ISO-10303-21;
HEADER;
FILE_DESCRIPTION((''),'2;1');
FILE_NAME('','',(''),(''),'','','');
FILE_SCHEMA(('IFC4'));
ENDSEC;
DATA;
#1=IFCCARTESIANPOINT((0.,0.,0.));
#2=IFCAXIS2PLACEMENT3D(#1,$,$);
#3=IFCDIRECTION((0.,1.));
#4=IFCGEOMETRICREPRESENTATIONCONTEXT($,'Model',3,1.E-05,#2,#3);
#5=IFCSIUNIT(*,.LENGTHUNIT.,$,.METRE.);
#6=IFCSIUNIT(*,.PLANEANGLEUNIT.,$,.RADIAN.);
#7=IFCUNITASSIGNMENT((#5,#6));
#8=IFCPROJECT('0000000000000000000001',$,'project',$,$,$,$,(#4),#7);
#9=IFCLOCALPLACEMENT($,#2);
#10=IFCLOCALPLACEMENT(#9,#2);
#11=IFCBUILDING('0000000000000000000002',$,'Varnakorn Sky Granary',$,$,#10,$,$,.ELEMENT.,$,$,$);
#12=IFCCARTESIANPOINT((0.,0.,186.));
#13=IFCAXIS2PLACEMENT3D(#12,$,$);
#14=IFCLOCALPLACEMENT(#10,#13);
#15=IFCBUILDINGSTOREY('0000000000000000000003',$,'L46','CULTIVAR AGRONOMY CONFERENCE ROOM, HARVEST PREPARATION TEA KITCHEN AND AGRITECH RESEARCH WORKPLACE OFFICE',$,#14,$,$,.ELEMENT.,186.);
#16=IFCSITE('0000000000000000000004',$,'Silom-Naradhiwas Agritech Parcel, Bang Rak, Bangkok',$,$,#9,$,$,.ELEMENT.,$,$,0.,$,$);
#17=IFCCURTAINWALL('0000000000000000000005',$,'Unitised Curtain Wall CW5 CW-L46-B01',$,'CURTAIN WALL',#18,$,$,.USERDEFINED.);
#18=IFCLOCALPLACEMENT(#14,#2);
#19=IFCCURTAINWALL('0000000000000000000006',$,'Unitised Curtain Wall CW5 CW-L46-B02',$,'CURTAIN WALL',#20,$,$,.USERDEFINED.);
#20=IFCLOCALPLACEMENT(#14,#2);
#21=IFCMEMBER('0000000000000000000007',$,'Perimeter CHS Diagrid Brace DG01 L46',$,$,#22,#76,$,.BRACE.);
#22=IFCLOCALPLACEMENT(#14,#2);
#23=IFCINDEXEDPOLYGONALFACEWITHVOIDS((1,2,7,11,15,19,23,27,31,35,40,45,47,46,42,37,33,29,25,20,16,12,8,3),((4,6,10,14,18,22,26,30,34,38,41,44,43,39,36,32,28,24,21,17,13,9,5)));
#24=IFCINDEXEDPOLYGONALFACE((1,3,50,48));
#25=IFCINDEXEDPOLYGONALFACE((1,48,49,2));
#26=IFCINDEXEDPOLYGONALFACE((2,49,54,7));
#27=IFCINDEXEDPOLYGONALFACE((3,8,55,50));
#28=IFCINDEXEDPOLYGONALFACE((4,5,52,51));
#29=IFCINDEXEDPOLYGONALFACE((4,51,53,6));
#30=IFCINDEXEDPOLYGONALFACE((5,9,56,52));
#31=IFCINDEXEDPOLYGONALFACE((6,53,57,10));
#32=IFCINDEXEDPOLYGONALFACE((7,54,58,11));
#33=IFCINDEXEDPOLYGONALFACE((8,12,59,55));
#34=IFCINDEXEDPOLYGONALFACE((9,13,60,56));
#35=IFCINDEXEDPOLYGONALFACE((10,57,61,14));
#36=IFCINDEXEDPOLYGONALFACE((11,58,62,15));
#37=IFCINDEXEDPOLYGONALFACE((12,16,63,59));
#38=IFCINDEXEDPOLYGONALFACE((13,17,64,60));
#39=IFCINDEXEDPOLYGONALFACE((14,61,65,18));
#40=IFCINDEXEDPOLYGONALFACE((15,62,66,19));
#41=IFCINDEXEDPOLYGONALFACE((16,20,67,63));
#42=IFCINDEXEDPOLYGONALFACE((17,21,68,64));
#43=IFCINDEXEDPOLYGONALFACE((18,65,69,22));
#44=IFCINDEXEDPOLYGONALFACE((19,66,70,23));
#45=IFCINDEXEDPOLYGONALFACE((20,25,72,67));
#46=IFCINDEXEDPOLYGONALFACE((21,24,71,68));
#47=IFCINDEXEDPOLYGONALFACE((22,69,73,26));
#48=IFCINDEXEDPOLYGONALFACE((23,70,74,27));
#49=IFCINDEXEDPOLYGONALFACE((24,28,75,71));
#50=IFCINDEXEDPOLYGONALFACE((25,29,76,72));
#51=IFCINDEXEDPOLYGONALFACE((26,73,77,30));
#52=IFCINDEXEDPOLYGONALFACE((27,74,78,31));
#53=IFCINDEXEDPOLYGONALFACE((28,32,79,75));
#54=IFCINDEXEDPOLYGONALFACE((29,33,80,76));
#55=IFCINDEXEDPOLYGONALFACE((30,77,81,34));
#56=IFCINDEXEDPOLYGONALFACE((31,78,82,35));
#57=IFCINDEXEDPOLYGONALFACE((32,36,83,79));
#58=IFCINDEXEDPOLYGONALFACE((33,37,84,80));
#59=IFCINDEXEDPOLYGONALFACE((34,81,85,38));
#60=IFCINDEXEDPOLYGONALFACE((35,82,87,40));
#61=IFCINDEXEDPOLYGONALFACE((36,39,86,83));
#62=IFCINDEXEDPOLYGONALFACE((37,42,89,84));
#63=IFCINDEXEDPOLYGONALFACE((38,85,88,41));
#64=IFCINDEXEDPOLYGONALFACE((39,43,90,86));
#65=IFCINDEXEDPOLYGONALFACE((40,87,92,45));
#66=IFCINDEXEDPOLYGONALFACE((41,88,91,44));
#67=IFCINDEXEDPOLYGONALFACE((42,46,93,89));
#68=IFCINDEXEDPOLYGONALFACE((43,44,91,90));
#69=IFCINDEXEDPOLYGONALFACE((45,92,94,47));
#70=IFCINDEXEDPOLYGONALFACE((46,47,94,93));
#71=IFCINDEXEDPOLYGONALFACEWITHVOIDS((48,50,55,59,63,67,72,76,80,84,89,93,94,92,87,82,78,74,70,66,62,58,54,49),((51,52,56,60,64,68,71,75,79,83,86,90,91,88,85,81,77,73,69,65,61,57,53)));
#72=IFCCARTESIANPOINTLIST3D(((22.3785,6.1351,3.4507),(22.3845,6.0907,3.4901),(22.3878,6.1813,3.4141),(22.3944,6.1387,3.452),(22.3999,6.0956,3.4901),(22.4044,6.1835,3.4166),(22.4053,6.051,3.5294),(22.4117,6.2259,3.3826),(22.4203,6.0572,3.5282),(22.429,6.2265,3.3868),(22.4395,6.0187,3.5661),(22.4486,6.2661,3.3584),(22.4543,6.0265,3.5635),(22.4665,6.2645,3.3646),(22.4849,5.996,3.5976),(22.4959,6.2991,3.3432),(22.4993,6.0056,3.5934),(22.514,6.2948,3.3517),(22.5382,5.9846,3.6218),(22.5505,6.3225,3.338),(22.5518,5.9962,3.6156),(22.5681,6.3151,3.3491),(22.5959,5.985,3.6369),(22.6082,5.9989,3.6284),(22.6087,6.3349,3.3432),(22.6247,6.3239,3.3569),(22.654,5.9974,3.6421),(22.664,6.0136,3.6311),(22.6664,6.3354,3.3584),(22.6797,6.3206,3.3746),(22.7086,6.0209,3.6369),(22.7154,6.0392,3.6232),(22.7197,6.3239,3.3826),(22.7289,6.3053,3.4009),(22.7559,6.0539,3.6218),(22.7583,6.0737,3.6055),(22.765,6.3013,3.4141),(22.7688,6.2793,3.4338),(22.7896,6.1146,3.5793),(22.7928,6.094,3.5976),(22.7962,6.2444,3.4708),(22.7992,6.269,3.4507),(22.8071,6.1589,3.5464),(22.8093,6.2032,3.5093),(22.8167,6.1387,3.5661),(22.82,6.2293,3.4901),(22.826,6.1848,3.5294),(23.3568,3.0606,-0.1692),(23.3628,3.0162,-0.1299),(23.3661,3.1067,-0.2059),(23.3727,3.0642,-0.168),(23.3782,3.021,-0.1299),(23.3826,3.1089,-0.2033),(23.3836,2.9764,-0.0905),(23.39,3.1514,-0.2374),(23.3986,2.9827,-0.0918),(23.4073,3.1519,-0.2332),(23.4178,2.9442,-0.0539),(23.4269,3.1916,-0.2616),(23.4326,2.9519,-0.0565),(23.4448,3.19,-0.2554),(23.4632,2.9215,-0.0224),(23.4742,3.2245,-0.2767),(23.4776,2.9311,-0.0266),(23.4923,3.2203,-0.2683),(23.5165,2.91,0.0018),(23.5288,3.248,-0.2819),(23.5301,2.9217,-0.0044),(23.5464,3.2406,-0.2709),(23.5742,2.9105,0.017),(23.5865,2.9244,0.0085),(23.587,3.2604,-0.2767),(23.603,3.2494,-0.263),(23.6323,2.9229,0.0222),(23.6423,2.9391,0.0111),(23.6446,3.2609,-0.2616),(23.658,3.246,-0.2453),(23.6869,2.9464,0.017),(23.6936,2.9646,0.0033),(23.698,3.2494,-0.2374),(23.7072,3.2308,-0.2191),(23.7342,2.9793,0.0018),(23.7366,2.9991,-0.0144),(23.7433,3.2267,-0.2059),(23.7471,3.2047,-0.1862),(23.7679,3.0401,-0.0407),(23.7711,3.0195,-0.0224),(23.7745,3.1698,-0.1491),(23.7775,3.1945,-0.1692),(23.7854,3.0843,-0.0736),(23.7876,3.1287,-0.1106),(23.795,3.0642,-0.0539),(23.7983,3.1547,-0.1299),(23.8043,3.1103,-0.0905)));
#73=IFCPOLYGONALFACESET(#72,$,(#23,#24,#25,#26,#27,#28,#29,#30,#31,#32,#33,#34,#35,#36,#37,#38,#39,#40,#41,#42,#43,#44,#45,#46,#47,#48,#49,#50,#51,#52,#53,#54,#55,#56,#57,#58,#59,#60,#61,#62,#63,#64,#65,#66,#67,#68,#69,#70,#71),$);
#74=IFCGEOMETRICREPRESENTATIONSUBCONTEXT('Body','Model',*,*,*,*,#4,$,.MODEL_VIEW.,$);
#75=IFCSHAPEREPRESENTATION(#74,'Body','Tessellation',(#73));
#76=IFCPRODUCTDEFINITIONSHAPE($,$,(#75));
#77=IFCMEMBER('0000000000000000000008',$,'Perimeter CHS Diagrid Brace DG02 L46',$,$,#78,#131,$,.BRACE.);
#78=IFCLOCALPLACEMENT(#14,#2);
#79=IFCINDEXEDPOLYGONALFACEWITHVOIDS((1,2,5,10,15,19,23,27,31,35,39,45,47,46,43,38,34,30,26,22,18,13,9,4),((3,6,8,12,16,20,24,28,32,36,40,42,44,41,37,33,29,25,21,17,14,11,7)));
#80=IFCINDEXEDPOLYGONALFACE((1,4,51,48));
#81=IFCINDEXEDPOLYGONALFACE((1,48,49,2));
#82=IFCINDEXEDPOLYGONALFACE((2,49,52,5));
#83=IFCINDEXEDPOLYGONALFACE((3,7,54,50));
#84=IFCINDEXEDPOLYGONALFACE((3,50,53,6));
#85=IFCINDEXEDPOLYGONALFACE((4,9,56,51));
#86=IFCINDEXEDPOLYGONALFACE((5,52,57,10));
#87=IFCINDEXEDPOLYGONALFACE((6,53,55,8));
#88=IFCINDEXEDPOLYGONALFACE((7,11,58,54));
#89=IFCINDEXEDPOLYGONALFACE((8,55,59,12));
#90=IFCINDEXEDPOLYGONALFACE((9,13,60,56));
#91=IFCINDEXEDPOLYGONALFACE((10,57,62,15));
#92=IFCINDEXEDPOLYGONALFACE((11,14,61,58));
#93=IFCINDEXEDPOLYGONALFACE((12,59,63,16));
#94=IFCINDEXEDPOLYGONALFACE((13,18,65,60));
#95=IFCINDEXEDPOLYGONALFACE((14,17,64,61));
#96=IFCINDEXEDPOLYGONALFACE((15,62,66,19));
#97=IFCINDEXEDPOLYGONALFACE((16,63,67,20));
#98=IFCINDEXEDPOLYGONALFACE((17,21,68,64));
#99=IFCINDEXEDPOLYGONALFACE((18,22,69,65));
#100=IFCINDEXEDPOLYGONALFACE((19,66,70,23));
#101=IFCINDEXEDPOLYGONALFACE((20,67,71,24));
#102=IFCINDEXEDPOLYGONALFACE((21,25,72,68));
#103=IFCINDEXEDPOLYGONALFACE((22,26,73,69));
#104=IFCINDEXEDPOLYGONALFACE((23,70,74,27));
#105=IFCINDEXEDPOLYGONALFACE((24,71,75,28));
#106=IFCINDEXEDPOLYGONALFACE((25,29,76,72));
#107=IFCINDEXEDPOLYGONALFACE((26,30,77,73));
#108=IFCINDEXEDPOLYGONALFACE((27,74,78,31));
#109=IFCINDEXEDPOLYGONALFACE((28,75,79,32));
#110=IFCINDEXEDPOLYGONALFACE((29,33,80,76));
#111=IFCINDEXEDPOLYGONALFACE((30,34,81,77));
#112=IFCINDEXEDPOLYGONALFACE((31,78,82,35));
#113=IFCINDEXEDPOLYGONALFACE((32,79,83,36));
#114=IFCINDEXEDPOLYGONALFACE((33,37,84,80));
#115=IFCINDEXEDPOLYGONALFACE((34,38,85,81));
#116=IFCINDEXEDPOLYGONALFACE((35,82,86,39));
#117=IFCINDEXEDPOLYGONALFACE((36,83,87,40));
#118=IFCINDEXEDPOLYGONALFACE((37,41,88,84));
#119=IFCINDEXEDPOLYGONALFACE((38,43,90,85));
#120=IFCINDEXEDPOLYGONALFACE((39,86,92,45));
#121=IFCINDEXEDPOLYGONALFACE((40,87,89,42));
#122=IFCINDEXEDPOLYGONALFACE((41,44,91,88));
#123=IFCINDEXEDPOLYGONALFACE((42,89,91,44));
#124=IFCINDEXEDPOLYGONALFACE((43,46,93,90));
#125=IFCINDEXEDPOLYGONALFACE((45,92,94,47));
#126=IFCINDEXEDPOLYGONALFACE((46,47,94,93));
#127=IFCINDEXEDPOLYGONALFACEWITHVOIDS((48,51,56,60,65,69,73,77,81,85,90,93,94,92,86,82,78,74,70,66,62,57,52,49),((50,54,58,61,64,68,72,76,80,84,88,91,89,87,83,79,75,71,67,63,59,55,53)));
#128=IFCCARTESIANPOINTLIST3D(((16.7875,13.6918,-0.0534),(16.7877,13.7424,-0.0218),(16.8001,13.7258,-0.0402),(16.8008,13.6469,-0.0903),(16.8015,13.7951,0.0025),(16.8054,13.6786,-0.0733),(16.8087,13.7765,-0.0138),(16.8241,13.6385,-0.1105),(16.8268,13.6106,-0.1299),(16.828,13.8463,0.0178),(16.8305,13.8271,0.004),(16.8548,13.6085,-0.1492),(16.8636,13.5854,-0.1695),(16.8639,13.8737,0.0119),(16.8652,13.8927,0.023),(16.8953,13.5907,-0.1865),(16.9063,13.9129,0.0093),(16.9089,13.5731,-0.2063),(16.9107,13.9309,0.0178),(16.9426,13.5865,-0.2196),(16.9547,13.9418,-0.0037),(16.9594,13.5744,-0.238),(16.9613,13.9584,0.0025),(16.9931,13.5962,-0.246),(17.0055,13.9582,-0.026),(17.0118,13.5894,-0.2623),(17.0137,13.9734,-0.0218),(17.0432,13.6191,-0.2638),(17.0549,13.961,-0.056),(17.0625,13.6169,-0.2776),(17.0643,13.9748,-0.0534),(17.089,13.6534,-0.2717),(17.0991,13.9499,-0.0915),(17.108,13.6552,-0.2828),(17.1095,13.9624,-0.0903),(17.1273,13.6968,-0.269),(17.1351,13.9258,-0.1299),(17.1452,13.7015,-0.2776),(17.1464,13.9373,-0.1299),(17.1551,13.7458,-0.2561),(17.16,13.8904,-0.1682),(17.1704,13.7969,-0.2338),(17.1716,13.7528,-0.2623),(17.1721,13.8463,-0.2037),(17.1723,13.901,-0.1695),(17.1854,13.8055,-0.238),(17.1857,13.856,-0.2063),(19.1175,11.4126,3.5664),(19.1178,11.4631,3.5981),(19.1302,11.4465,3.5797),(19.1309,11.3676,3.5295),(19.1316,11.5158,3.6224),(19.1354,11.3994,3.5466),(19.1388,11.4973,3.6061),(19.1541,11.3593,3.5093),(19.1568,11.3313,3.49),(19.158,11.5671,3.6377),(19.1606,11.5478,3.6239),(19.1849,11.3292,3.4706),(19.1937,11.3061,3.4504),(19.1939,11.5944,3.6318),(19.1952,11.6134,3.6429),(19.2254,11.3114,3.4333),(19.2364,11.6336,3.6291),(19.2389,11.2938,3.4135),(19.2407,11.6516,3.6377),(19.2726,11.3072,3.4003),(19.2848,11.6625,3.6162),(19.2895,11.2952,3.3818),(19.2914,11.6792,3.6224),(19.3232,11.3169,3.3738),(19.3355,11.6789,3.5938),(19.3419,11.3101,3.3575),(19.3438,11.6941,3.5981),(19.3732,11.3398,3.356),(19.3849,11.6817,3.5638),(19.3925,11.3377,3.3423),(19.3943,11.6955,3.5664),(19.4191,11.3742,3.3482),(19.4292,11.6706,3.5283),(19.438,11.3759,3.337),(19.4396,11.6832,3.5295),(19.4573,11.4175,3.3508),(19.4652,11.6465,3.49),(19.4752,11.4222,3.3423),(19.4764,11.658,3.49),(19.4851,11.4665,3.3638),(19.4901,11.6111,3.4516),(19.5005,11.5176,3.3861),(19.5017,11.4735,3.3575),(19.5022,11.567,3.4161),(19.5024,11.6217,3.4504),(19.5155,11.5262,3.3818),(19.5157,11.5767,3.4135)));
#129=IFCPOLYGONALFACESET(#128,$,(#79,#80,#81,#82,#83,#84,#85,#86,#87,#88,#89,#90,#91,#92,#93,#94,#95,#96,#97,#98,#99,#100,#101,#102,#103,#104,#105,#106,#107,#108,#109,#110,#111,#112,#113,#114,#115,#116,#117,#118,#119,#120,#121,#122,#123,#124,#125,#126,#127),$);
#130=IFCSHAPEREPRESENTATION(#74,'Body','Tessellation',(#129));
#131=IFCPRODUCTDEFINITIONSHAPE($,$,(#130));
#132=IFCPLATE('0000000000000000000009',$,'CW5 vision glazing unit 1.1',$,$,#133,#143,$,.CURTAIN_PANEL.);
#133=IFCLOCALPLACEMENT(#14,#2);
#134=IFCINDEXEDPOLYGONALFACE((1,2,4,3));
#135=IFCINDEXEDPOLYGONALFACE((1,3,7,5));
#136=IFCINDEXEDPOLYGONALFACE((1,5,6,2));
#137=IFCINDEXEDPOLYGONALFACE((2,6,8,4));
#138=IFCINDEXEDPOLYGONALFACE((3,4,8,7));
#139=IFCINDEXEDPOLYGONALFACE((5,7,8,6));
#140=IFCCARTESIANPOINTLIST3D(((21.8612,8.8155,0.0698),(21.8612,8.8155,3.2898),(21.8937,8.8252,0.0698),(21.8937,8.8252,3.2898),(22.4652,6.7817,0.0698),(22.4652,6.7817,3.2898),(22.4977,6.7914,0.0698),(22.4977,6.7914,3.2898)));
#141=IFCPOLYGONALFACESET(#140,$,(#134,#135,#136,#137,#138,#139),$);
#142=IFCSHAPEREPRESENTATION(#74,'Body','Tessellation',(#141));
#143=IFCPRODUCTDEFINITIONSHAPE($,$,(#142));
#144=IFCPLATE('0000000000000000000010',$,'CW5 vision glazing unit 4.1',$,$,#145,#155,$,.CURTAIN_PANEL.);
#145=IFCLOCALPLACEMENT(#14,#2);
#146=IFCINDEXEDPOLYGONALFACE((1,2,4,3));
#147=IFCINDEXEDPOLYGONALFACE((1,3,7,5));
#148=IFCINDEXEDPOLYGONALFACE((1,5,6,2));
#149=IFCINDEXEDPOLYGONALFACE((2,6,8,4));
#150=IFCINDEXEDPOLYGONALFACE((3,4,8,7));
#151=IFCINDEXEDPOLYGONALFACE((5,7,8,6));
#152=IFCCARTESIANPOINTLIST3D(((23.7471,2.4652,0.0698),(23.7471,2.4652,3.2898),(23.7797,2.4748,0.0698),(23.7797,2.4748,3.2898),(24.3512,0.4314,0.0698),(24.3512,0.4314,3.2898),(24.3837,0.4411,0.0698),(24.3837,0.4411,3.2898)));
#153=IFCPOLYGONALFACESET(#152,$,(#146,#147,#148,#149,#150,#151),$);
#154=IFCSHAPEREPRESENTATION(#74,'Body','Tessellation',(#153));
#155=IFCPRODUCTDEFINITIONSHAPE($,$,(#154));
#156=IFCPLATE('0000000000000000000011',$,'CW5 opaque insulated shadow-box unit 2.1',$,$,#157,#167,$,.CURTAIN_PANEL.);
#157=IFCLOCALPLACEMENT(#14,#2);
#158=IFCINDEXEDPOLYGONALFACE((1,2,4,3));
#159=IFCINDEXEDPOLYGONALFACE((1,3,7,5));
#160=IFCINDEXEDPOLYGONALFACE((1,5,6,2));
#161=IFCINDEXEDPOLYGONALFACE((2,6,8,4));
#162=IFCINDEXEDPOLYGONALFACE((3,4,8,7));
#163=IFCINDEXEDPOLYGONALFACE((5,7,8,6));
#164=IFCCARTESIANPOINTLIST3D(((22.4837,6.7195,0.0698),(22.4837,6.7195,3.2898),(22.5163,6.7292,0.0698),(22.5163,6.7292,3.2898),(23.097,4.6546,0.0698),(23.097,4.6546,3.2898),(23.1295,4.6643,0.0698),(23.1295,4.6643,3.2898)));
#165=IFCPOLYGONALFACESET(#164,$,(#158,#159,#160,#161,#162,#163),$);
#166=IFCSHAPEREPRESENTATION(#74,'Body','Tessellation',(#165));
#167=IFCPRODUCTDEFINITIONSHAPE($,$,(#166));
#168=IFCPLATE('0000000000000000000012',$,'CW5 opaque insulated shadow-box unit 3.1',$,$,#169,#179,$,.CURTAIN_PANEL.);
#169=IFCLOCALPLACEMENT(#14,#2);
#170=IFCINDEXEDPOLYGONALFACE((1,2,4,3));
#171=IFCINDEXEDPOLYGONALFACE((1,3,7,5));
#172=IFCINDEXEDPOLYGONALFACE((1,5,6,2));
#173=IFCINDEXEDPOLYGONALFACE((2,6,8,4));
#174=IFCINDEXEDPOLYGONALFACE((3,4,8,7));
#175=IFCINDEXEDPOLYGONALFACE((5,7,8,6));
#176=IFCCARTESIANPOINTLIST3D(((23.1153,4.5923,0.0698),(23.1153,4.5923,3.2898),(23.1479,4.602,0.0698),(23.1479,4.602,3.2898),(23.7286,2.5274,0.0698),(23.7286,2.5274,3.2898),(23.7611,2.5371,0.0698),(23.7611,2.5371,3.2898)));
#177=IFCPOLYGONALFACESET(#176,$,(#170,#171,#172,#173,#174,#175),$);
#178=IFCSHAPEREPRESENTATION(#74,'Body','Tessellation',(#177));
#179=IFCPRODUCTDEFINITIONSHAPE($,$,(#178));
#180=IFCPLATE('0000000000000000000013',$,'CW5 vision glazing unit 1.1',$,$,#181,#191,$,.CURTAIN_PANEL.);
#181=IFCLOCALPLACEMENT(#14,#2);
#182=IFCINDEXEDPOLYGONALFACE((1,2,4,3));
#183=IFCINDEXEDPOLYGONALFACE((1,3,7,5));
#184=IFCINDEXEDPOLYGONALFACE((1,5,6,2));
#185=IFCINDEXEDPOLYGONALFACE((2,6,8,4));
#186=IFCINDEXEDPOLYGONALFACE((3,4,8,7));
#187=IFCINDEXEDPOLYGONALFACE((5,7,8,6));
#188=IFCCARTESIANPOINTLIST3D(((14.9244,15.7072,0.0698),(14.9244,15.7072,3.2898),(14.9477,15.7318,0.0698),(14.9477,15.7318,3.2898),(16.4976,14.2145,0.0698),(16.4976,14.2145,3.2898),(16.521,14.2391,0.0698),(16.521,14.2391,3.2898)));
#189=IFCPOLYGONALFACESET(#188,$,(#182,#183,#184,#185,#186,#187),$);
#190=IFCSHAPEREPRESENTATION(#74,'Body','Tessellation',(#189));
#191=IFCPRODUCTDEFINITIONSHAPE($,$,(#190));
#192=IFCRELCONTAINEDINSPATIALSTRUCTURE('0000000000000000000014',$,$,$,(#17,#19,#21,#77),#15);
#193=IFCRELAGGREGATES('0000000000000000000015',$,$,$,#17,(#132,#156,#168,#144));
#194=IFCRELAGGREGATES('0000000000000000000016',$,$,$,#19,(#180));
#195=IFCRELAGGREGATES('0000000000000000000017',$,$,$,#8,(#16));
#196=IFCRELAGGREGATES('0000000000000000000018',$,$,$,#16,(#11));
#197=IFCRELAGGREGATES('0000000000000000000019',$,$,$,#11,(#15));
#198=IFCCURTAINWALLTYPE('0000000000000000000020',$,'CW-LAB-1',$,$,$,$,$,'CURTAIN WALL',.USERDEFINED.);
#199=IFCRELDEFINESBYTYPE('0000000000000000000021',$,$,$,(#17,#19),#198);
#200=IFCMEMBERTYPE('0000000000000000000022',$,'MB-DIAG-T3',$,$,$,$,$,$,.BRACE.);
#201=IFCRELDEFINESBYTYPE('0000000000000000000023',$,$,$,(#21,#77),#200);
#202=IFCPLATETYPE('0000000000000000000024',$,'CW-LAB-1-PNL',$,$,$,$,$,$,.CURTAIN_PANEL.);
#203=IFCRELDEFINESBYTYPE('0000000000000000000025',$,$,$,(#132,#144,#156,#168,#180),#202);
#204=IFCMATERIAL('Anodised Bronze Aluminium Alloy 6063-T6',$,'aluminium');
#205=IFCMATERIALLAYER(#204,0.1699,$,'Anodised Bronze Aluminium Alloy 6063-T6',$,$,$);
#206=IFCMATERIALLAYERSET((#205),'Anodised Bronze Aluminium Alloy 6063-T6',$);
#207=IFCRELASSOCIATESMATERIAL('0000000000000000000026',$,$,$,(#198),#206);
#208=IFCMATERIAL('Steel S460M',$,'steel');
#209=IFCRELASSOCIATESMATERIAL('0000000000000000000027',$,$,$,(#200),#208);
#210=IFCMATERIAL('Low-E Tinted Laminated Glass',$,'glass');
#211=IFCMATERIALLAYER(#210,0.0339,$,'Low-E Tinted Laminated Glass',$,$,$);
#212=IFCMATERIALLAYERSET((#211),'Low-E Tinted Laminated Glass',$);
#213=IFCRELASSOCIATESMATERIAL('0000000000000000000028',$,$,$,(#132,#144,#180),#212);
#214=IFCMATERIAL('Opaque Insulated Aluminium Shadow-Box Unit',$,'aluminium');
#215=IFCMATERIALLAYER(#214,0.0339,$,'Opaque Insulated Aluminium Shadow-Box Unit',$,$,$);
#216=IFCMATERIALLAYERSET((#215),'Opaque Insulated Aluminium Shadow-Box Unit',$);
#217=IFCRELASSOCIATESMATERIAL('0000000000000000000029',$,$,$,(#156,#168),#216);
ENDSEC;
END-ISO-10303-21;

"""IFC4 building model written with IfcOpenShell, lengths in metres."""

from ifc_helpers import new_model, si_unit, direction, frame, origin, origin_2d, place, context, subcontext, project, spatial, rectangle, hollow_circle, extrude, source, transform, mapped, material, layer, layer_set, material_profile, profile_set, type_object, element, aggregate, save


model = new_model("IFC4")

# Units and contexts
model_context = context("Model", 3, precision=1e-05, world=origin(), true_north=direction((0.0, 1.0)))
body_context = subcontext(model_context, "Body", "Model", "MODEL_VIEW")
ifc_project = project(units=[si_unit("LENGTHUNIT", "METRE"), si_unit("PLANEANGLEUNIT", "RADIAN")], contexts=[model_context])

# Site, building, storey
site_placement = place(None, origin())
site = spatial("IfcSite", under=ifc_project, at=site_placement, Name="Silom-Naradhiwas Agritech Parcel, Bang Rak, Bangkok", CompositionType="ELEMENT", RefElevation=0.0)
building_placement = place(site_placement, origin())
building = spatial("IfcBuilding", under=site, at=building_placement, Name="Varnakorn Sky Granary", CompositionType="ELEMENT")
storey_placement = place(building_placement, frame((0.0, 0.0, 186.0)))
storey = spatial("IfcBuildingStorey", under=building, at=storey_placement, Name="L46", Description="CULTIVAR AGRONOMY CONFERENCE ROOM, HARVEST PREPARATION TEA KITCHEN AND AGRITECH RESEARCH WORKPLACE OFFICE", CompositionType="ELEMENT", Elevation=186.0)

# Shared definitions
ifc_material_1 = material(Name="Steel S460M", Category="steel")

# Curtain walls
ifc_material_2 = material(Name="Anodised Bronze Aluminium Alloy 6063-T6", Category="aluminium")
ifc_layer_1 = layer(ifc_material_2, 0.1699, Name="Anodised Bronze Aluminium Alloy 6063-T6")
ifc_layer_set_1 = layer_set([ifc_layer_1], Name="Anodised Bronze Aluminium Alloy 6063-T6")
curtain_wall_type = type_object("IfcCurtainWallType", Name="CW-LAB-1", ElementType="CURTAIN WALL", PredefinedType="USERDEFINED", material=ifc_layer_set_1)
curtain_wall_1_placement = place(storey_placement, origin())
curtain_wall_1 = element("IfcCurtainWall", 1, at=curtain_wall_1_placement, inside=storey, type_object=curtain_wall_type, Name="Unitised Curtain Wall CW5 CW-L46-B01", ObjectType="CURTAIN WALL", PredefinedType="USERDEFINED")
curtain_wall_2_placement = place(storey_placement, origin())
curtain_wall_2 = element("IfcCurtainWall", 2, at=curtain_wall_2_placement, inside=storey, type_object=curtain_wall_type, Name="Unitised Curtain Wall CW5 CW-L46-B02", ObjectType="CURTAIN WALL", PredefinedType="USERDEFINED")

# Members
ifc_material_profile_1 = material_profile(ifc_material_1, hollow_circle(Radius=0.2285, WallThickness=0.0161, at=origin_2d()), Name="CHS 457x16")
ifc_profile_set_1 = profile_set([ifc_material_profile_1], Name="Steel S460M")
member_type_1 = type_object("IfcMemberType", Name="MB-DIAG-T3", PredefinedType="BRACE", material=ifc_profile_set_1)
member_1_placement = place(storey_placement, frame((23.5806, 3.0854, -0.1299), z_axis=(-0.201747, 0.63404, 0.746519), x_axis=(-0.952923, -0.303213, 0.0)))
element("IfcMember", 3, at=member_1_placement, inside=storey, type_object=member_type_1, Name="Perimeter CHS Diagrid Brace DG01 L46", PredefinedType="BRACE", context=body_context, shape_type="SweptSolid", body=[
    extrude(hollow_circle(Radius=0.2285, WallThickness=0.0161, at=origin_2d()), origin(), (0.0, 0.0, 1.0), 4.8491),
])
member_2_placement = place(storey_placement, frame((16.9866, 13.7739, -0.1299), z_axis=(0.478344, -0.467919, 0.743127), x_axis=(0.699274, 0.714854, 0.0)))
element("IfcMember", 4, at=member_2_placement, inside=storey, type_object=member_type_1, Name="Perimeter CHS Diagrid Brace DG02 L46", PredefinedType="BRACE", context=body_context, shape_type="SweptSolid", body=[
    extrude(hollow_circle(Radius=0.2285, WallThickness=0.0161, at=origin_2d()), origin(), (0.0, 0.0, 1.0), 4.8711),
])

# Plates
ifc_material_3 = material(Name="Low-E Tinted Laminated Glass", Category="glass")
ifc_layer_2 = layer(ifc_material_3, 0.0339, Name="Low-E Tinted Laminated Glass")
ifc_layer_set_2 = layer_set([ifc_layer_2], Name="Low-E Tinted Laminated Glass")
plate_type = type_object("IfcPlateType", Name="CW-LAB-1-PNL", PredefinedType="CURTAIN_PANEL")
shared_shape_1 = source(origin(), body_context, "Body", "SweptSolid", [
    extrude(rectangle(XDim=2.1216, YDim=0.0339, at=origin_2d()), origin(), (0.0, 0.0, 1.0), 3.22),
])
plate_1_placement = place(storey_placement, frame((22.1794, 7.8035, 0.0698), z_axis=(0.0, 0.0, 1.0), x_axis=(0.28471, -0.958614, 0.0)))
plate_1 = element("IfcPlate", 5, at=plate_1_placement, type_object=plate_type, material=ifc_layer_set_2, Name="CW5 vision glazing unit 1.1", PredefinedType="CURTAIN_PANEL", context=body_context, shape_type="MappedRepresentation", body=[
    mapped(shared_shape_1, transform((0.0, 0.0, 0.0), x_axis=(1.0, 0.0, 0.0), y_axis=(0.0, 1.0, 0.0), z_axis=(0.0, 0.0, 1.0), scale=1.0)),
])
plate_2_placement = place(storey_placement, frame((24.0654, 1.4531, 0.0698), z_axis=(0.0, 0.0, 1.0), x_axis=(0.28471, -0.958614, 0.0)))
plate_2 = element("IfcPlate", 6, at=plate_2_placement, type_object=plate_type, material=ifc_layer_set_2, Name="CW5 vision glazing unit 4.1", PredefinedType="CURTAIN_PANEL", context=body_context, shape_type="MappedRepresentation", body=[
    mapped(shared_shape_1, transform((0.0, 0.0, 0.0), x_axis=(1.0, 0.0, 0.0), y_axis=(0.0, 1.0, 0.0), z_axis=(0.0, 0.0, 1.0), scale=1.0)),
])
ifc_material_4 = material(Name="Opaque Insulated Aluminium Shadow-Box Unit", Category="aluminium")
ifc_layer_3 = layer(ifc_material_4, 0.0339, Name="Opaque Insulated Aluminium Shadow-Box Unit")
ifc_layer_set_3 = layer_set([ifc_layer_3], Name="Opaque Insulated Aluminium Shadow-Box Unit")
shared_shape_2 = source(origin(), body_context, "Body", "SweptSolid", [
    extrude(rectangle(XDim=2.1541, YDim=0.0339, at=origin_2d()), origin(), (0.0, 0.0, 1.0), 3.22),
])
plate_3_placement = place(storey_placement, frame((22.8066, 5.6919, 0.0698), z_axis=(0.0, 0.0, 1.0), x_axis=(0.28471, -0.958614, 0.0)))
plate_3 = element("IfcPlate", 7, at=plate_3_placement, type_object=plate_type, material=ifc_layer_set_3, Name="CW5 opaque insulated shadow-box unit 2.1", PredefinedType="CURTAIN_PANEL", context=body_context, shape_type="MappedRepresentation", body=[
    mapped(shared_shape_2, transform((0.0, 0.0, 0.0), x_axis=(1.0, 0.0, 0.0), y_axis=(0.0, 1.0, 0.0), z_axis=(0.0, 0.0, 1.0), scale=1.0)),
])
plate_4_placement = place(storey_placement, frame((23.4382, 3.5647, 0.0698), z_axis=(0.0, 0.0, 1.0), x_axis=(0.28471, -0.958614, 0.0)))
plate_4 = element("IfcPlate", 8, at=plate_4_placement, type_object=plate_type, material=ifc_layer_set_3, Name="CW5 opaque insulated shadow-box unit 3.1", PredefinedType="CURTAIN_PANEL", context=body_context, shape_type="MappedRepresentation", body=[
    mapped(shared_shape_2, transform((0.0, 0.0, 0.0), x_axis=(1.0, 0.0, 0.0), y_axis=(0.0, 1.0, 0.0), z_axis=(0.0, 0.0, 1.0), scale=1.0)),
])
aggregate(curtain_wall_1, [plate_1, plate_3, plate_4, plate_2])
shared_shape_3 = source(origin(), body_context, "Body", "SweptSolid", [
    extrude(rectangle(XDim=2.1687, YDim=0.0339, at=origin_2d()), origin(), (0.0, 0.0, 1.0), 3.22),
])
plate_5_placement = place(storey_placement, frame((15.7227, 14.9731, 0.0698), z_axis=(0.0, 0.0, 1.0), x_axis=(0.725434, -0.688292, 0.0)))
plate_5 = element("IfcPlate", 9, at=plate_5_placement, type_object=plate_type, material=ifc_layer_set_2, Name="CW5 vision glazing unit 1.1", PredefinedType="CURTAIN_PANEL", context=body_context, shape_type="MappedRepresentation", body=[
    mapped(shared_shape_3, transform((0.0, 0.0, 0.0), x_axis=(1.0, 0.0, 0.0), y_axis=(0.0, 1.0, 0.0), z_axis=(0.0, 0.0, 1.0), scale=1.0)),
])
aggregate(curtain_wall_2, [plate_5])

save(model, "model.ifc")
